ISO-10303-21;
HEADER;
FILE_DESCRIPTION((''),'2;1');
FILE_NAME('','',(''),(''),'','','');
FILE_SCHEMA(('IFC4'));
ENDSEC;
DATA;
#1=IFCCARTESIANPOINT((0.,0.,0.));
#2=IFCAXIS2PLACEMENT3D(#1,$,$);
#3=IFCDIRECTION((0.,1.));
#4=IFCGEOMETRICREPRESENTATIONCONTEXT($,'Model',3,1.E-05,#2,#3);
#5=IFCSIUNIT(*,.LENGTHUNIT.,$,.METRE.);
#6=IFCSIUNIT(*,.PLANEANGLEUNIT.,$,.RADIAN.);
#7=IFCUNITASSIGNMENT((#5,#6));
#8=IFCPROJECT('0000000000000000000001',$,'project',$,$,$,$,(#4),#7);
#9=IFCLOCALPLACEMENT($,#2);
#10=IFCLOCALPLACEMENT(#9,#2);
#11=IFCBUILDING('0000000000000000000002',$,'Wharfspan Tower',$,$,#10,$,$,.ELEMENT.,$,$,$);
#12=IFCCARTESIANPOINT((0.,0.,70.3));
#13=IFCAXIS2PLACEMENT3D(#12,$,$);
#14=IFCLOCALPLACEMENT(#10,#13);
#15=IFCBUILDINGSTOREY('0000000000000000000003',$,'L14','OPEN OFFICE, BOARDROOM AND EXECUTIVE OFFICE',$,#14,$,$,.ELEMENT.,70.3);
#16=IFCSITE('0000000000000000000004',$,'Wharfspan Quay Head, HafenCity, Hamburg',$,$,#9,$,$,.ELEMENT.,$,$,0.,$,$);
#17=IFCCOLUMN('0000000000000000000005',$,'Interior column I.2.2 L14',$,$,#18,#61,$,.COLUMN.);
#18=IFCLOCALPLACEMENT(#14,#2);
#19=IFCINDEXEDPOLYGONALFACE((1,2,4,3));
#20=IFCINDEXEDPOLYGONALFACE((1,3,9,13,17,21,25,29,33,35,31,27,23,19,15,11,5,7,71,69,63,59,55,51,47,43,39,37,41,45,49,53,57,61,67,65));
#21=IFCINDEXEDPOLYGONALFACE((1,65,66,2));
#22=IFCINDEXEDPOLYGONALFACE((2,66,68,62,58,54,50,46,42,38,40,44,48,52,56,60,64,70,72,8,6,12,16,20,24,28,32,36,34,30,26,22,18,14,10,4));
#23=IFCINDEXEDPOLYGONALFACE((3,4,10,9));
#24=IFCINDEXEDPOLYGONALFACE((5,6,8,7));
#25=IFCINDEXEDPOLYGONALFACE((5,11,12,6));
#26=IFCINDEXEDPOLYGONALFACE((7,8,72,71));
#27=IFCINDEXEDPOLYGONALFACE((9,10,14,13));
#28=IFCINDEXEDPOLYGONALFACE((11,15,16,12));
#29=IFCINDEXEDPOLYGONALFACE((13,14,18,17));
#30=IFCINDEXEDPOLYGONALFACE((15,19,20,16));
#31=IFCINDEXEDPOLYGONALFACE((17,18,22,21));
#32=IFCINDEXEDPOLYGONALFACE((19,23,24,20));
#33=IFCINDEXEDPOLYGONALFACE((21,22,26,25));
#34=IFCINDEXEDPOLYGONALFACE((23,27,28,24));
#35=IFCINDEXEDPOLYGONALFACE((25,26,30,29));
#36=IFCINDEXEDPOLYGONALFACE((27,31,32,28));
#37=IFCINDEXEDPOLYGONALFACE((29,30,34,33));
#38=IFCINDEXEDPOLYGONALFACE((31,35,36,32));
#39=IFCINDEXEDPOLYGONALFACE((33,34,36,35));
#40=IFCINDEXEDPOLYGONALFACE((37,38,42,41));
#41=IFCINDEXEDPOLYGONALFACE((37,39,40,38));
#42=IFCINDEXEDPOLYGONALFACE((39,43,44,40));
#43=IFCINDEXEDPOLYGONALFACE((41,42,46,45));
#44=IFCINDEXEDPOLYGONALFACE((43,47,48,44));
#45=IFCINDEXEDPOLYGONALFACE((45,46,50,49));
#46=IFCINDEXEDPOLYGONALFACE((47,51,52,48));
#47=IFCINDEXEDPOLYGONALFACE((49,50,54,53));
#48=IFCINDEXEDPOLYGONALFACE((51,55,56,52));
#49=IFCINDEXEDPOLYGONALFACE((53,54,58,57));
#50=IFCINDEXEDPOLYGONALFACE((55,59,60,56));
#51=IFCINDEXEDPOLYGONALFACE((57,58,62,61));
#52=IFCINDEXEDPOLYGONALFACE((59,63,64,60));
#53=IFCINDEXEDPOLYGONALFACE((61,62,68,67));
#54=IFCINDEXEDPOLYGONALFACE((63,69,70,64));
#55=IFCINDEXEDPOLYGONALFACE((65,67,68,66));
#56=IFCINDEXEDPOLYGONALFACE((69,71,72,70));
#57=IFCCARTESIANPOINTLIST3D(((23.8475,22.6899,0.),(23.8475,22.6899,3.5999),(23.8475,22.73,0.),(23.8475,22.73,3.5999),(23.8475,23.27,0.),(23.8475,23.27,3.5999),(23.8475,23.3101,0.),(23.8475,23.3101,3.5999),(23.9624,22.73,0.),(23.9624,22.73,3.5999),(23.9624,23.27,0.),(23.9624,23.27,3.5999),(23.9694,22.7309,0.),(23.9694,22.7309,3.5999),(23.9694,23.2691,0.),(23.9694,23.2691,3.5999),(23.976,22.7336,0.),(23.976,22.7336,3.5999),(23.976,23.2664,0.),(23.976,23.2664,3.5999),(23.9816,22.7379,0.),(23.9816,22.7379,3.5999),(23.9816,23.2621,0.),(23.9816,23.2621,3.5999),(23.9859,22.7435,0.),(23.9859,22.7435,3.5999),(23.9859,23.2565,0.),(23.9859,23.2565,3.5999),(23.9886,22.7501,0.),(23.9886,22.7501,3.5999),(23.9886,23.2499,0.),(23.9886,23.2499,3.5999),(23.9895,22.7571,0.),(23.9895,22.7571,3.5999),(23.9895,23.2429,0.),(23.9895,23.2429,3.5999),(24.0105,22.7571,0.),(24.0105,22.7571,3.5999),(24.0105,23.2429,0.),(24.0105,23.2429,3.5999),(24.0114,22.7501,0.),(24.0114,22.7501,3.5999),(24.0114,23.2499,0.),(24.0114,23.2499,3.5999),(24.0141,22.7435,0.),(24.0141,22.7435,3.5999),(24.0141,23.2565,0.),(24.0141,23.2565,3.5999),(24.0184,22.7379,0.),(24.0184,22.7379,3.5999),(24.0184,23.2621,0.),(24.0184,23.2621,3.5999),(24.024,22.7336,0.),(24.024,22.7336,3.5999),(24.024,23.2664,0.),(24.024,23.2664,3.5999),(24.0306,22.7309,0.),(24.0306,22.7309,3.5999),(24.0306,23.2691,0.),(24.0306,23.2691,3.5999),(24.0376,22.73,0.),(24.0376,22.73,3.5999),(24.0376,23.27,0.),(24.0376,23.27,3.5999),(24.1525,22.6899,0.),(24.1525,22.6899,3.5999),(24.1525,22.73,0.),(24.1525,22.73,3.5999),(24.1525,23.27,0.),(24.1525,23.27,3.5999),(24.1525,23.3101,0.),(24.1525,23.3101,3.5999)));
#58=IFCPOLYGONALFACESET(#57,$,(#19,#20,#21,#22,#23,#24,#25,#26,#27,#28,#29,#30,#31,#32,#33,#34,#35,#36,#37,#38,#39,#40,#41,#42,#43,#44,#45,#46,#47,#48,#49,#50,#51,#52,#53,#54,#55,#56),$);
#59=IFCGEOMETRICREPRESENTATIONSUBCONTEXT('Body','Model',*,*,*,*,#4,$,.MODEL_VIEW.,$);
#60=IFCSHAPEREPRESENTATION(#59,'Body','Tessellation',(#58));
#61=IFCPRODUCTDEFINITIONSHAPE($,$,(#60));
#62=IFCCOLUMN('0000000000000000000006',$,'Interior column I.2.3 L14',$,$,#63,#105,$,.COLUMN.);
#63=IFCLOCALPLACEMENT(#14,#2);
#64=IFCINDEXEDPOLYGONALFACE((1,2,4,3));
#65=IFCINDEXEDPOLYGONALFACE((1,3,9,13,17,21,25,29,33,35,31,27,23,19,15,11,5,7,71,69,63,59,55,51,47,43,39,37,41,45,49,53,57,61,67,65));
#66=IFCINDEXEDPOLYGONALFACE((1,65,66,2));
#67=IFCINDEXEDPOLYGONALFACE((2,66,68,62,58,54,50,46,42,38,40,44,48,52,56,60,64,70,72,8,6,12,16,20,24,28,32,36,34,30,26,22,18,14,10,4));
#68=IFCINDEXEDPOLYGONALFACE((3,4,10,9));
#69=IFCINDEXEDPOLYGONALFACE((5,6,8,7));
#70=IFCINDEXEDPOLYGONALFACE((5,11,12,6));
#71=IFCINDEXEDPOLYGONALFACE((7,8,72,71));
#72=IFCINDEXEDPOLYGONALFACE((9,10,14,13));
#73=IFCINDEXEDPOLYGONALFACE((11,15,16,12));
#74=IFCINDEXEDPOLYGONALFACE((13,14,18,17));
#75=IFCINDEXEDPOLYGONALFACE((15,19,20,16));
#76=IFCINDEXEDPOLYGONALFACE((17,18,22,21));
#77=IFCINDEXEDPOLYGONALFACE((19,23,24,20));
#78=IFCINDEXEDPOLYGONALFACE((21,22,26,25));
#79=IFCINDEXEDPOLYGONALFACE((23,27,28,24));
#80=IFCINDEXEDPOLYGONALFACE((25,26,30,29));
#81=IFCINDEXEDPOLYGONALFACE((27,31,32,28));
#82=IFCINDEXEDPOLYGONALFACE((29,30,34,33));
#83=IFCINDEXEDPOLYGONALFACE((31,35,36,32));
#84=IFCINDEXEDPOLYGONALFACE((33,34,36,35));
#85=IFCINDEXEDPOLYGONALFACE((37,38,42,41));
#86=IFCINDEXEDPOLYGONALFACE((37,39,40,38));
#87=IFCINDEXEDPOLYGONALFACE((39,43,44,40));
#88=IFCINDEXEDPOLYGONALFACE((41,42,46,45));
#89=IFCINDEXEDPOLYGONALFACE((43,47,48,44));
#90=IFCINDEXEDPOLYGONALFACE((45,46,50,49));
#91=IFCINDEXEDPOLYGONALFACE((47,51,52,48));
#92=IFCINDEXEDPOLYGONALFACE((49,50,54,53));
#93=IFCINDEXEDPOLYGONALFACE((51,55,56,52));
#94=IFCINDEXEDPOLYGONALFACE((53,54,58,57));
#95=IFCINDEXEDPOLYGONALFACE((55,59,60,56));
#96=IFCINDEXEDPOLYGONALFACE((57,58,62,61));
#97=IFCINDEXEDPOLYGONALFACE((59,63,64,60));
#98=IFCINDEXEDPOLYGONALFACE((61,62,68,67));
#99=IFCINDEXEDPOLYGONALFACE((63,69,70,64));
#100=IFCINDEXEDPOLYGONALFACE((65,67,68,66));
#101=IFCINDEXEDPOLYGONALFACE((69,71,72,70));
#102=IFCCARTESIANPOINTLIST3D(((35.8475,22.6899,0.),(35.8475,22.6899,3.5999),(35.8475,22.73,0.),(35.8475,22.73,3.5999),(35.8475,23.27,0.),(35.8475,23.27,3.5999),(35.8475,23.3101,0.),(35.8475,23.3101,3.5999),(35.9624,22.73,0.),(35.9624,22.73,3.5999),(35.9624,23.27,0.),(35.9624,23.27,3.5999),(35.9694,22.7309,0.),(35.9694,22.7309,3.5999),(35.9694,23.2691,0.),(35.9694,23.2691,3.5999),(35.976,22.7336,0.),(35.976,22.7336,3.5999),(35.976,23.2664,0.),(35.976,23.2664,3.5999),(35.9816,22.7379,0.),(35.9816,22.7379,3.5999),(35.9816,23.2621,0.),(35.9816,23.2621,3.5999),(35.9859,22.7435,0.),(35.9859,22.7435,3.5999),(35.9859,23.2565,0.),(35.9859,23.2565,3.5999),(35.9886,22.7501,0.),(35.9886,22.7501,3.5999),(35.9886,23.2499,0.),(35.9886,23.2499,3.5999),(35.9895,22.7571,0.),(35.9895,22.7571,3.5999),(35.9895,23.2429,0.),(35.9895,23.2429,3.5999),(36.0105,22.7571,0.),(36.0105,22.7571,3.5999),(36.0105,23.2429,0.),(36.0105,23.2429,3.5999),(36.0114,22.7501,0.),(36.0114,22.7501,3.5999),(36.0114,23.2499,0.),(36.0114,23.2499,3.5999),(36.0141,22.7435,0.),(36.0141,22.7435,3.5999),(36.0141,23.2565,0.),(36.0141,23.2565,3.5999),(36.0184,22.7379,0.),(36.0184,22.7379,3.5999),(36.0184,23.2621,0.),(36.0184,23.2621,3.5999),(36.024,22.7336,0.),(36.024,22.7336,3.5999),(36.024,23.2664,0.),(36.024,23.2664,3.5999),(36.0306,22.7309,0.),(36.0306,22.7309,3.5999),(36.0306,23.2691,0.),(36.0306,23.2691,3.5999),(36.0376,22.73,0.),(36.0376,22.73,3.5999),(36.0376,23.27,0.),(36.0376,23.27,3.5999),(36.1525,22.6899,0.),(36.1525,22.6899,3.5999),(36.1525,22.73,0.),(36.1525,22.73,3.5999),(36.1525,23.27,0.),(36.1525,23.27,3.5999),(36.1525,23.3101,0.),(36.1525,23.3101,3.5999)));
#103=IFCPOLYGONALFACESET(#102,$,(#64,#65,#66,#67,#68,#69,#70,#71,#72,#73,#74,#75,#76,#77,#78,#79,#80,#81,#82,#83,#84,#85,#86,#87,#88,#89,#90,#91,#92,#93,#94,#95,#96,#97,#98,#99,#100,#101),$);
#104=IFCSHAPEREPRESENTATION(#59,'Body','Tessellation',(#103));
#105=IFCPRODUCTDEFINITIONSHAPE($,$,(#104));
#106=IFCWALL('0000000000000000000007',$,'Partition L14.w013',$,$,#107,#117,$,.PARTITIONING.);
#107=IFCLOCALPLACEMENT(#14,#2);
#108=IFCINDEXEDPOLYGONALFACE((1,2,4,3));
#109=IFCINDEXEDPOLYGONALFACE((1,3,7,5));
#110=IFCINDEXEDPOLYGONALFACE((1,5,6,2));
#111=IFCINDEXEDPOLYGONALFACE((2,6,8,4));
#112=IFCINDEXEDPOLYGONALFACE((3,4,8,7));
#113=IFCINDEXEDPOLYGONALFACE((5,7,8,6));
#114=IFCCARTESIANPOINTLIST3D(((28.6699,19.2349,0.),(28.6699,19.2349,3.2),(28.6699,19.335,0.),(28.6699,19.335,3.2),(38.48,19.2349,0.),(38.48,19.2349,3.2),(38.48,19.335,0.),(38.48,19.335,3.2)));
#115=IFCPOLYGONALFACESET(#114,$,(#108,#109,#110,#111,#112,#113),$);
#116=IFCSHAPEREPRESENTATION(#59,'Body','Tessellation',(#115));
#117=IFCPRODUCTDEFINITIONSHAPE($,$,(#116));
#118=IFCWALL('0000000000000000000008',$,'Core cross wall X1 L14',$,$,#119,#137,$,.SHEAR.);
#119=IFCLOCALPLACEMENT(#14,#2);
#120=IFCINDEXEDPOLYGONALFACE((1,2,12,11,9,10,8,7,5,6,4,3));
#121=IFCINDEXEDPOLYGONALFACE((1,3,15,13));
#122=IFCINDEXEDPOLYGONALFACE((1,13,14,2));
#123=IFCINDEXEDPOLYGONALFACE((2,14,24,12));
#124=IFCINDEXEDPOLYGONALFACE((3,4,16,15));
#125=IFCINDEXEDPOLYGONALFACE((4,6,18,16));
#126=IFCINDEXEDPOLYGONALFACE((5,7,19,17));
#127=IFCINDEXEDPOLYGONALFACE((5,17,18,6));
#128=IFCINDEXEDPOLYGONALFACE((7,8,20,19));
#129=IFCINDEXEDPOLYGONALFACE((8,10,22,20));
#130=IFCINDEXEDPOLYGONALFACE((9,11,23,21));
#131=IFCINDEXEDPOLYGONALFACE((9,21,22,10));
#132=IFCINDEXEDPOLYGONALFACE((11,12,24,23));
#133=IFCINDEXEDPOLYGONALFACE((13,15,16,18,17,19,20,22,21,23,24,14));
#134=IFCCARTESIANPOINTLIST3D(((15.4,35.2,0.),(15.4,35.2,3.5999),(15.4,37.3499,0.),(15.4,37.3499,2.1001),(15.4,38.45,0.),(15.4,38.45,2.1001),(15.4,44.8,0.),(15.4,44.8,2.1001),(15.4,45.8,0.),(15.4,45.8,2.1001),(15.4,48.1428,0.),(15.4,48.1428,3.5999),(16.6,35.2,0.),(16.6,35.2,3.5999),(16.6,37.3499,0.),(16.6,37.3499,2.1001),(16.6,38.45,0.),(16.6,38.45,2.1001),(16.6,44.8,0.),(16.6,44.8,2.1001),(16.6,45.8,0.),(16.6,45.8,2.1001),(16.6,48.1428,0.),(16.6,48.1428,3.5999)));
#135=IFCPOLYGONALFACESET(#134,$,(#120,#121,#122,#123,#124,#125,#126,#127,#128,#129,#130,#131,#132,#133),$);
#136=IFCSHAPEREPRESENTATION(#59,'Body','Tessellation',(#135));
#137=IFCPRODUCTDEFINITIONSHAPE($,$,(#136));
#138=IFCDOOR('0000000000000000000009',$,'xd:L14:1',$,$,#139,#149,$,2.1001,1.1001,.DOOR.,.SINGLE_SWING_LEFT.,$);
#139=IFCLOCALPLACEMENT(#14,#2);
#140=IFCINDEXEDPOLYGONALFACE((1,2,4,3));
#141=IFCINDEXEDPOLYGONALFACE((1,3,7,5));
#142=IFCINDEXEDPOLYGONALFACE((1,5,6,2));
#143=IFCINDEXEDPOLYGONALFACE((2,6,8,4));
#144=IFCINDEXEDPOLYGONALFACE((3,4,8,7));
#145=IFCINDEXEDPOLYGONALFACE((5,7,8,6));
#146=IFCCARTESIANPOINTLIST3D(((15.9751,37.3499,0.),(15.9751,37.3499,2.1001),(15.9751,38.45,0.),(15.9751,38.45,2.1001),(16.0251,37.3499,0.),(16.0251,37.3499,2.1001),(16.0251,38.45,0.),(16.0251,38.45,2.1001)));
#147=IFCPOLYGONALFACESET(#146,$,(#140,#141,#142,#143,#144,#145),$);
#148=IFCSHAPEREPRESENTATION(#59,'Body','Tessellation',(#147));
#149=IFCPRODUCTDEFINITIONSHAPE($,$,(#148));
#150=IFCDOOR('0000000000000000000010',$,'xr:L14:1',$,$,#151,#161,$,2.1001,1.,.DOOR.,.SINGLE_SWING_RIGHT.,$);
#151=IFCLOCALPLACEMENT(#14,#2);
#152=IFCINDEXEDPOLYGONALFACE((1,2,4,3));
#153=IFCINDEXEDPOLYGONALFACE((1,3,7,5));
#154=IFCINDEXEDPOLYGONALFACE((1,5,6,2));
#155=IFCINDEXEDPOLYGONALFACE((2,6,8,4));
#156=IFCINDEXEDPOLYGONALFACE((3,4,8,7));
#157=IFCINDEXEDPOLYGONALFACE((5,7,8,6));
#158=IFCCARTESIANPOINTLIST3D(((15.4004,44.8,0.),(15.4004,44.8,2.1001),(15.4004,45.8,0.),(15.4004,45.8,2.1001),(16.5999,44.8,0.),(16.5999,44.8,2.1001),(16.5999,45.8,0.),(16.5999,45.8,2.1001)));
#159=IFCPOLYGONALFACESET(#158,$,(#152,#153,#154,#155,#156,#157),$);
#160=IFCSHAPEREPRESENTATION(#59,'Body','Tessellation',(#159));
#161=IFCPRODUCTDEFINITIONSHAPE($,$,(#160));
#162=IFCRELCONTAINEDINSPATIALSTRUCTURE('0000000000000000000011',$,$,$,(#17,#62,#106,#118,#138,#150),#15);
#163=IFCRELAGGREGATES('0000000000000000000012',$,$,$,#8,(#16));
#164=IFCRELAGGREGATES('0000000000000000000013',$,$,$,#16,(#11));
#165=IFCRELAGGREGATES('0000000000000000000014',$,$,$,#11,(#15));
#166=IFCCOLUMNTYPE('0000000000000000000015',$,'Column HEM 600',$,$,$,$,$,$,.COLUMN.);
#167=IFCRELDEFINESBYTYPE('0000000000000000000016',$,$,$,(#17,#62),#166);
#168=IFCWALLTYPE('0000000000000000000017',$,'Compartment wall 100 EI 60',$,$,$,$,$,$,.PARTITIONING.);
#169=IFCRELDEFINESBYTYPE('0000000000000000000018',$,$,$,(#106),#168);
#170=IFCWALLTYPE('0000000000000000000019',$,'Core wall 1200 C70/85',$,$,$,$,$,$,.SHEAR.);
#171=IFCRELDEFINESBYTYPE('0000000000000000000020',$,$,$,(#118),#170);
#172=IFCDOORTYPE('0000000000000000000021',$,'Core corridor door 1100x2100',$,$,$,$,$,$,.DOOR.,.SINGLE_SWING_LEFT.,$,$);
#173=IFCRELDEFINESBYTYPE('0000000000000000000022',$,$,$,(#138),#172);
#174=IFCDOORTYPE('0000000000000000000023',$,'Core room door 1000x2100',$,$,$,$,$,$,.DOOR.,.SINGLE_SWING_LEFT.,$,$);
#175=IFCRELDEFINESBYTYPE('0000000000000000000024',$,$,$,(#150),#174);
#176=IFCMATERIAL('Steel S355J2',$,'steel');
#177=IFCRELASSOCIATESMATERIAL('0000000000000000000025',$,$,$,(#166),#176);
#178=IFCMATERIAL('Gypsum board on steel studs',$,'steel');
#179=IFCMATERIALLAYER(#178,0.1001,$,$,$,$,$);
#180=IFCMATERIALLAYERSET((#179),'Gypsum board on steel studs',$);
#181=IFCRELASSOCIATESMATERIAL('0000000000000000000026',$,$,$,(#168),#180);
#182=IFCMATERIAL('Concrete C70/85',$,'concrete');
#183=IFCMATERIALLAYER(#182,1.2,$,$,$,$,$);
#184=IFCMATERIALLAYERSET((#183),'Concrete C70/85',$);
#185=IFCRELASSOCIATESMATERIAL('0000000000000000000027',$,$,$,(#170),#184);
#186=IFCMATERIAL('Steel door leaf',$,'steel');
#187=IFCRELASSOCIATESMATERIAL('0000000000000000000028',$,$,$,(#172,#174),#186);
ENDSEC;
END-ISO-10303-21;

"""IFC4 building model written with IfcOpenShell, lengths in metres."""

from ifc_helpers import new_model, si_unit, direction, frame, frame_2d, origin, origin_2d, place, context, subcontext, project, spatial, rectangle, i_section, extrude, material, layer, layer_set, material_profile, profile_set, type_object, element, fill, save


model = new_model("IFC4")

# Units and contexts
model_context = context("Model", 3, precision=1e-05, world=origin(), true_north=direction((0.0, 1.0)))
body_context = subcontext(model_context, "Body", "Model", "MODEL_VIEW")
ifc_project = project(units=[si_unit("LENGTHUNIT", "METRE"), si_unit("PLANEANGLEUNIT", "RADIAN")], contexts=[model_context])

# Site, building, storey
site_placement = place(None, origin())
site = spatial("IfcSite", under=ifc_project, at=site_placement, Name="Wharfspan Quay Head, HafenCity, Hamburg", CompositionType="ELEMENT", RefElevation=0.0)
building_placement = place(site_placement, origin())
building = spatial("IfcBuilding", under=site, at=building_placement, Name="Wharfspan Tower", CompositionType="ELEMENT")
storey_placement = place(building_placement, frame((0.0, 0.0, 70.3)))
storey = spatial("IfcBuildingStorey", under=building, at=storey_placement, Name="L14", Description="OPEN OFFICE, BOARDROOM AND EXECUTIVE OFFICE", CompositionType="ELEMENT", Elevation=70.3)

# Columns
ifc_material_1 = material(Name="Steel S355J2", Category="steel")
ifc_material_profile = material_profile(ifc_material_1, i_section(OverallWidth=0.3049, OverallDepth=0.6201, WebThickness=0.021, FlangeThickness=0.04, FilletRadius=0.0271, at=origin_2d()))
ifc_profile_set = profile_set([ifc_material_profile], Name="Steel S355J2")
column_type = type_object("IfcColumnType", Name="Column HEM 600", PredefinedType="COLUMN", material=ifc_profile_set)
for number, where, z_axis, x_axis, name in (
    (1, (24.0, 23.0, 0.0), (0.0, 0.0, 1.0), (1.0, 0.0, 0.0), "Interior column I.2.2 L14"),
    (2, (36.0, 23.0, 0.0), (0.0, 0.0, 1.0), (1.0, 0.0, 0.0), "Interior column I.2.3 L14"),
):
    element("IfcColumn", number, at=place(storey_placement, frame(where, z_axis=z_axis, x_axis=x_axis)), inside=storey, type_object=column_type, Name=name, PredefinedType="COLUMN", context=body_context, shape_type="SweptSolid", body=[
        extrude(i_section(OverallWidth=0.3049, OverallDepth=0.6201, WebThickness=0.021, FlangeThickness=0.04, FilletRadius=0.0271, at=origin_2d()), origin(), (0.0, 0.0, 1.0), 3.5999),
    ])

# Wall
ifc_material_2 = material(Name="Gypsum board on steel studs", Category="steel")
ifc_layer_1 = layer(ifc_material_2, 0.1001)
ifc_layer_set_1 = layer_set([ifc_layer_1], Name="Gypsum board on steel studs")
wall_type_1 = type_object("IfcWallType", Name="Compartment wall 100 EI 60", PredefinedType="PARTITIONING", material=ifc_layer_set_1)
wall_1_placement = place(storey_placement, frame((28.6699, 19.2849, 0.0), z_axis=(0.0, 0.0, 1.0), x_axis=(1.0, 0.0, 0.0)))
element("IfcWall", 3, at=wall_1_placement, inside=storey, type_object=wall_type_1, Name="Partition L14.w013", PredefinedType="PARTITIONING", context=body_context, shape_type="SweptSolid", body=[
    extrude(rectangle(XDim=9.8101, YDim=0.1001, at=frame_2d((4.905, 0.0))), origin(), (0.0, 0.0, 1.0), 3.2),
])

# Wall, openings, doors
ifc_material_3 = material(Name="Concrete C70/85", Category="concrete")
ifc_layer_2 = layer(ifc_material_3, 1.2)
ifc_layer_set_2 = layer_set([ifc_layer_2], Name="Concrete C70/85")
wall_type_2 = type_object("IfcWallType", Name="Core wall 1200 C70/85", PredefinedType="SHEAR", material=ifc_layer_set_2)
wall_2_placement = place(storey_placement, frame((16.0, 35.2, 0.0), z_axis=(0.0, 0.0, 1.0), x_axis=(0.0, 1.0, 0.0)))
wall_2 = element("IfcWall", 4, at=wall_2_placement, inside=storey, type_object=wall_type_2, Name="Core cross wall X1 L14", PredefinedType="SHEAR", context=body_context, shape_type="SweptSolid", body=[
    extrude(rectangle(XDim=12.9429, YDim=1.2, at=frame_2d((6.4714, 0.0))), origin(), (0.0, 0.0, 1.0), 3.5999),
])
opening_1_placement = place(wall_2_placement, frame((2.1499, 0.0, 0.0)))
opening_1 = element("IfcOpeningElement", 5, at=opening_1_placement, cuts=wall_2, PredefinedType="OPENING", context=body_context, shape_type="SweptSolid", body=[
    extrude(rectangle(XDim=1.1001, YDim=2.1001, at=frame_2d((0.55, 1.05))), frame((0.0, 0.6099, 0.0), z_axis=(0.0, -1.0, 0.0), x_axis=(1.0, 0.0, 0.0)), (0.0, 0.0, 1.0), 1.22),
])
opening_2_placement = place(wall_2_placement, frame((9.6001, 0.0, 0.0)))
opening_2 = element("IfcOpeningElement", 6, at=opening_2_placement, cuts=wall_2, PredefinedType="OPENING", context=body_context, shape_type="SweptSolid", body=[
    extrude(rectangle(XDim=1.0, YDim=2.1001, at=frame_2d((0.5, 1.05))), frame((0.0, 0.6099, 0.0), z_axis=(0.0, -1.0, 0.0), x_axis=(1.0, 0.0, 0.0)), (0.0, 0.0, 1.0), 1.22),
])
ifc_material_4 = material(Name="Steel door leaf", Category="steel")
door_type_1 = type_object("IfcDoorType", Name="Core corridor door 1100x2100", OperationType="SINGLE_SWING_LEFT", PredefinedType="DOOR", material=ifc_material_4)
door_1_placement = place(opening_1_placement, origin())
door_1 = element("IfcDoor", 7, at=door_1_placement, inside=storey, type_object=door_type_1, Name="xd:L14:1", OperationType="SINGLE_SWING_LEFT", OverallHeight=2.1001, OverallWidth=1.1001, PredefinedType="DOOR", context=body_context, shape_type="SweptSolid", body=[
    extrude(rectangle(XDim=1.1001, YDim=2.1001, at=frame_2d((0.55, 1.05))), frame((0.0, 0.0249, 0.0), z_axis=(0.0, -1.0, 0.0), x_axis=(1.0, 0.0, 0.0)), (0.0, 0.0, 1.0), 0.05),
])
fill(opening_1, door_1)
door_type_2 = type_object("IfcDoorType", Name="Core room door 1000x2100", OperationType="SINGLE_SWING_LEFT", PredefinedType="DOOR", material=ifc_material_4)
door_2_placement = place(opening_2_placement, origin())
door_2 = element("IfcDoor", 8, at=door_2_placement, inside=storey, type_object=door_type_2, Name="xr:L14:1", OperationType="SINGLE_SWING_RIGHT", OverallHeight=2.1001, OverallWidth=1.0, PredefinedType="DOOR", context=body_context, shape_type="SweptSolid", body=[
    extrude(rectangle(XDim=1.0, YDim=2.1001, at=frame_2d((0.5, 1.05))), frame((0.0, 0.5996, 0.0), z_axis=(0.0, -1.0, 0.0), x_axis=(1.0, 0.0, 0.0)), (0.0, 0.0, 1.0), 1.1995),
])
fill(opening_2, door_2)

save(model, "model.ifc")
